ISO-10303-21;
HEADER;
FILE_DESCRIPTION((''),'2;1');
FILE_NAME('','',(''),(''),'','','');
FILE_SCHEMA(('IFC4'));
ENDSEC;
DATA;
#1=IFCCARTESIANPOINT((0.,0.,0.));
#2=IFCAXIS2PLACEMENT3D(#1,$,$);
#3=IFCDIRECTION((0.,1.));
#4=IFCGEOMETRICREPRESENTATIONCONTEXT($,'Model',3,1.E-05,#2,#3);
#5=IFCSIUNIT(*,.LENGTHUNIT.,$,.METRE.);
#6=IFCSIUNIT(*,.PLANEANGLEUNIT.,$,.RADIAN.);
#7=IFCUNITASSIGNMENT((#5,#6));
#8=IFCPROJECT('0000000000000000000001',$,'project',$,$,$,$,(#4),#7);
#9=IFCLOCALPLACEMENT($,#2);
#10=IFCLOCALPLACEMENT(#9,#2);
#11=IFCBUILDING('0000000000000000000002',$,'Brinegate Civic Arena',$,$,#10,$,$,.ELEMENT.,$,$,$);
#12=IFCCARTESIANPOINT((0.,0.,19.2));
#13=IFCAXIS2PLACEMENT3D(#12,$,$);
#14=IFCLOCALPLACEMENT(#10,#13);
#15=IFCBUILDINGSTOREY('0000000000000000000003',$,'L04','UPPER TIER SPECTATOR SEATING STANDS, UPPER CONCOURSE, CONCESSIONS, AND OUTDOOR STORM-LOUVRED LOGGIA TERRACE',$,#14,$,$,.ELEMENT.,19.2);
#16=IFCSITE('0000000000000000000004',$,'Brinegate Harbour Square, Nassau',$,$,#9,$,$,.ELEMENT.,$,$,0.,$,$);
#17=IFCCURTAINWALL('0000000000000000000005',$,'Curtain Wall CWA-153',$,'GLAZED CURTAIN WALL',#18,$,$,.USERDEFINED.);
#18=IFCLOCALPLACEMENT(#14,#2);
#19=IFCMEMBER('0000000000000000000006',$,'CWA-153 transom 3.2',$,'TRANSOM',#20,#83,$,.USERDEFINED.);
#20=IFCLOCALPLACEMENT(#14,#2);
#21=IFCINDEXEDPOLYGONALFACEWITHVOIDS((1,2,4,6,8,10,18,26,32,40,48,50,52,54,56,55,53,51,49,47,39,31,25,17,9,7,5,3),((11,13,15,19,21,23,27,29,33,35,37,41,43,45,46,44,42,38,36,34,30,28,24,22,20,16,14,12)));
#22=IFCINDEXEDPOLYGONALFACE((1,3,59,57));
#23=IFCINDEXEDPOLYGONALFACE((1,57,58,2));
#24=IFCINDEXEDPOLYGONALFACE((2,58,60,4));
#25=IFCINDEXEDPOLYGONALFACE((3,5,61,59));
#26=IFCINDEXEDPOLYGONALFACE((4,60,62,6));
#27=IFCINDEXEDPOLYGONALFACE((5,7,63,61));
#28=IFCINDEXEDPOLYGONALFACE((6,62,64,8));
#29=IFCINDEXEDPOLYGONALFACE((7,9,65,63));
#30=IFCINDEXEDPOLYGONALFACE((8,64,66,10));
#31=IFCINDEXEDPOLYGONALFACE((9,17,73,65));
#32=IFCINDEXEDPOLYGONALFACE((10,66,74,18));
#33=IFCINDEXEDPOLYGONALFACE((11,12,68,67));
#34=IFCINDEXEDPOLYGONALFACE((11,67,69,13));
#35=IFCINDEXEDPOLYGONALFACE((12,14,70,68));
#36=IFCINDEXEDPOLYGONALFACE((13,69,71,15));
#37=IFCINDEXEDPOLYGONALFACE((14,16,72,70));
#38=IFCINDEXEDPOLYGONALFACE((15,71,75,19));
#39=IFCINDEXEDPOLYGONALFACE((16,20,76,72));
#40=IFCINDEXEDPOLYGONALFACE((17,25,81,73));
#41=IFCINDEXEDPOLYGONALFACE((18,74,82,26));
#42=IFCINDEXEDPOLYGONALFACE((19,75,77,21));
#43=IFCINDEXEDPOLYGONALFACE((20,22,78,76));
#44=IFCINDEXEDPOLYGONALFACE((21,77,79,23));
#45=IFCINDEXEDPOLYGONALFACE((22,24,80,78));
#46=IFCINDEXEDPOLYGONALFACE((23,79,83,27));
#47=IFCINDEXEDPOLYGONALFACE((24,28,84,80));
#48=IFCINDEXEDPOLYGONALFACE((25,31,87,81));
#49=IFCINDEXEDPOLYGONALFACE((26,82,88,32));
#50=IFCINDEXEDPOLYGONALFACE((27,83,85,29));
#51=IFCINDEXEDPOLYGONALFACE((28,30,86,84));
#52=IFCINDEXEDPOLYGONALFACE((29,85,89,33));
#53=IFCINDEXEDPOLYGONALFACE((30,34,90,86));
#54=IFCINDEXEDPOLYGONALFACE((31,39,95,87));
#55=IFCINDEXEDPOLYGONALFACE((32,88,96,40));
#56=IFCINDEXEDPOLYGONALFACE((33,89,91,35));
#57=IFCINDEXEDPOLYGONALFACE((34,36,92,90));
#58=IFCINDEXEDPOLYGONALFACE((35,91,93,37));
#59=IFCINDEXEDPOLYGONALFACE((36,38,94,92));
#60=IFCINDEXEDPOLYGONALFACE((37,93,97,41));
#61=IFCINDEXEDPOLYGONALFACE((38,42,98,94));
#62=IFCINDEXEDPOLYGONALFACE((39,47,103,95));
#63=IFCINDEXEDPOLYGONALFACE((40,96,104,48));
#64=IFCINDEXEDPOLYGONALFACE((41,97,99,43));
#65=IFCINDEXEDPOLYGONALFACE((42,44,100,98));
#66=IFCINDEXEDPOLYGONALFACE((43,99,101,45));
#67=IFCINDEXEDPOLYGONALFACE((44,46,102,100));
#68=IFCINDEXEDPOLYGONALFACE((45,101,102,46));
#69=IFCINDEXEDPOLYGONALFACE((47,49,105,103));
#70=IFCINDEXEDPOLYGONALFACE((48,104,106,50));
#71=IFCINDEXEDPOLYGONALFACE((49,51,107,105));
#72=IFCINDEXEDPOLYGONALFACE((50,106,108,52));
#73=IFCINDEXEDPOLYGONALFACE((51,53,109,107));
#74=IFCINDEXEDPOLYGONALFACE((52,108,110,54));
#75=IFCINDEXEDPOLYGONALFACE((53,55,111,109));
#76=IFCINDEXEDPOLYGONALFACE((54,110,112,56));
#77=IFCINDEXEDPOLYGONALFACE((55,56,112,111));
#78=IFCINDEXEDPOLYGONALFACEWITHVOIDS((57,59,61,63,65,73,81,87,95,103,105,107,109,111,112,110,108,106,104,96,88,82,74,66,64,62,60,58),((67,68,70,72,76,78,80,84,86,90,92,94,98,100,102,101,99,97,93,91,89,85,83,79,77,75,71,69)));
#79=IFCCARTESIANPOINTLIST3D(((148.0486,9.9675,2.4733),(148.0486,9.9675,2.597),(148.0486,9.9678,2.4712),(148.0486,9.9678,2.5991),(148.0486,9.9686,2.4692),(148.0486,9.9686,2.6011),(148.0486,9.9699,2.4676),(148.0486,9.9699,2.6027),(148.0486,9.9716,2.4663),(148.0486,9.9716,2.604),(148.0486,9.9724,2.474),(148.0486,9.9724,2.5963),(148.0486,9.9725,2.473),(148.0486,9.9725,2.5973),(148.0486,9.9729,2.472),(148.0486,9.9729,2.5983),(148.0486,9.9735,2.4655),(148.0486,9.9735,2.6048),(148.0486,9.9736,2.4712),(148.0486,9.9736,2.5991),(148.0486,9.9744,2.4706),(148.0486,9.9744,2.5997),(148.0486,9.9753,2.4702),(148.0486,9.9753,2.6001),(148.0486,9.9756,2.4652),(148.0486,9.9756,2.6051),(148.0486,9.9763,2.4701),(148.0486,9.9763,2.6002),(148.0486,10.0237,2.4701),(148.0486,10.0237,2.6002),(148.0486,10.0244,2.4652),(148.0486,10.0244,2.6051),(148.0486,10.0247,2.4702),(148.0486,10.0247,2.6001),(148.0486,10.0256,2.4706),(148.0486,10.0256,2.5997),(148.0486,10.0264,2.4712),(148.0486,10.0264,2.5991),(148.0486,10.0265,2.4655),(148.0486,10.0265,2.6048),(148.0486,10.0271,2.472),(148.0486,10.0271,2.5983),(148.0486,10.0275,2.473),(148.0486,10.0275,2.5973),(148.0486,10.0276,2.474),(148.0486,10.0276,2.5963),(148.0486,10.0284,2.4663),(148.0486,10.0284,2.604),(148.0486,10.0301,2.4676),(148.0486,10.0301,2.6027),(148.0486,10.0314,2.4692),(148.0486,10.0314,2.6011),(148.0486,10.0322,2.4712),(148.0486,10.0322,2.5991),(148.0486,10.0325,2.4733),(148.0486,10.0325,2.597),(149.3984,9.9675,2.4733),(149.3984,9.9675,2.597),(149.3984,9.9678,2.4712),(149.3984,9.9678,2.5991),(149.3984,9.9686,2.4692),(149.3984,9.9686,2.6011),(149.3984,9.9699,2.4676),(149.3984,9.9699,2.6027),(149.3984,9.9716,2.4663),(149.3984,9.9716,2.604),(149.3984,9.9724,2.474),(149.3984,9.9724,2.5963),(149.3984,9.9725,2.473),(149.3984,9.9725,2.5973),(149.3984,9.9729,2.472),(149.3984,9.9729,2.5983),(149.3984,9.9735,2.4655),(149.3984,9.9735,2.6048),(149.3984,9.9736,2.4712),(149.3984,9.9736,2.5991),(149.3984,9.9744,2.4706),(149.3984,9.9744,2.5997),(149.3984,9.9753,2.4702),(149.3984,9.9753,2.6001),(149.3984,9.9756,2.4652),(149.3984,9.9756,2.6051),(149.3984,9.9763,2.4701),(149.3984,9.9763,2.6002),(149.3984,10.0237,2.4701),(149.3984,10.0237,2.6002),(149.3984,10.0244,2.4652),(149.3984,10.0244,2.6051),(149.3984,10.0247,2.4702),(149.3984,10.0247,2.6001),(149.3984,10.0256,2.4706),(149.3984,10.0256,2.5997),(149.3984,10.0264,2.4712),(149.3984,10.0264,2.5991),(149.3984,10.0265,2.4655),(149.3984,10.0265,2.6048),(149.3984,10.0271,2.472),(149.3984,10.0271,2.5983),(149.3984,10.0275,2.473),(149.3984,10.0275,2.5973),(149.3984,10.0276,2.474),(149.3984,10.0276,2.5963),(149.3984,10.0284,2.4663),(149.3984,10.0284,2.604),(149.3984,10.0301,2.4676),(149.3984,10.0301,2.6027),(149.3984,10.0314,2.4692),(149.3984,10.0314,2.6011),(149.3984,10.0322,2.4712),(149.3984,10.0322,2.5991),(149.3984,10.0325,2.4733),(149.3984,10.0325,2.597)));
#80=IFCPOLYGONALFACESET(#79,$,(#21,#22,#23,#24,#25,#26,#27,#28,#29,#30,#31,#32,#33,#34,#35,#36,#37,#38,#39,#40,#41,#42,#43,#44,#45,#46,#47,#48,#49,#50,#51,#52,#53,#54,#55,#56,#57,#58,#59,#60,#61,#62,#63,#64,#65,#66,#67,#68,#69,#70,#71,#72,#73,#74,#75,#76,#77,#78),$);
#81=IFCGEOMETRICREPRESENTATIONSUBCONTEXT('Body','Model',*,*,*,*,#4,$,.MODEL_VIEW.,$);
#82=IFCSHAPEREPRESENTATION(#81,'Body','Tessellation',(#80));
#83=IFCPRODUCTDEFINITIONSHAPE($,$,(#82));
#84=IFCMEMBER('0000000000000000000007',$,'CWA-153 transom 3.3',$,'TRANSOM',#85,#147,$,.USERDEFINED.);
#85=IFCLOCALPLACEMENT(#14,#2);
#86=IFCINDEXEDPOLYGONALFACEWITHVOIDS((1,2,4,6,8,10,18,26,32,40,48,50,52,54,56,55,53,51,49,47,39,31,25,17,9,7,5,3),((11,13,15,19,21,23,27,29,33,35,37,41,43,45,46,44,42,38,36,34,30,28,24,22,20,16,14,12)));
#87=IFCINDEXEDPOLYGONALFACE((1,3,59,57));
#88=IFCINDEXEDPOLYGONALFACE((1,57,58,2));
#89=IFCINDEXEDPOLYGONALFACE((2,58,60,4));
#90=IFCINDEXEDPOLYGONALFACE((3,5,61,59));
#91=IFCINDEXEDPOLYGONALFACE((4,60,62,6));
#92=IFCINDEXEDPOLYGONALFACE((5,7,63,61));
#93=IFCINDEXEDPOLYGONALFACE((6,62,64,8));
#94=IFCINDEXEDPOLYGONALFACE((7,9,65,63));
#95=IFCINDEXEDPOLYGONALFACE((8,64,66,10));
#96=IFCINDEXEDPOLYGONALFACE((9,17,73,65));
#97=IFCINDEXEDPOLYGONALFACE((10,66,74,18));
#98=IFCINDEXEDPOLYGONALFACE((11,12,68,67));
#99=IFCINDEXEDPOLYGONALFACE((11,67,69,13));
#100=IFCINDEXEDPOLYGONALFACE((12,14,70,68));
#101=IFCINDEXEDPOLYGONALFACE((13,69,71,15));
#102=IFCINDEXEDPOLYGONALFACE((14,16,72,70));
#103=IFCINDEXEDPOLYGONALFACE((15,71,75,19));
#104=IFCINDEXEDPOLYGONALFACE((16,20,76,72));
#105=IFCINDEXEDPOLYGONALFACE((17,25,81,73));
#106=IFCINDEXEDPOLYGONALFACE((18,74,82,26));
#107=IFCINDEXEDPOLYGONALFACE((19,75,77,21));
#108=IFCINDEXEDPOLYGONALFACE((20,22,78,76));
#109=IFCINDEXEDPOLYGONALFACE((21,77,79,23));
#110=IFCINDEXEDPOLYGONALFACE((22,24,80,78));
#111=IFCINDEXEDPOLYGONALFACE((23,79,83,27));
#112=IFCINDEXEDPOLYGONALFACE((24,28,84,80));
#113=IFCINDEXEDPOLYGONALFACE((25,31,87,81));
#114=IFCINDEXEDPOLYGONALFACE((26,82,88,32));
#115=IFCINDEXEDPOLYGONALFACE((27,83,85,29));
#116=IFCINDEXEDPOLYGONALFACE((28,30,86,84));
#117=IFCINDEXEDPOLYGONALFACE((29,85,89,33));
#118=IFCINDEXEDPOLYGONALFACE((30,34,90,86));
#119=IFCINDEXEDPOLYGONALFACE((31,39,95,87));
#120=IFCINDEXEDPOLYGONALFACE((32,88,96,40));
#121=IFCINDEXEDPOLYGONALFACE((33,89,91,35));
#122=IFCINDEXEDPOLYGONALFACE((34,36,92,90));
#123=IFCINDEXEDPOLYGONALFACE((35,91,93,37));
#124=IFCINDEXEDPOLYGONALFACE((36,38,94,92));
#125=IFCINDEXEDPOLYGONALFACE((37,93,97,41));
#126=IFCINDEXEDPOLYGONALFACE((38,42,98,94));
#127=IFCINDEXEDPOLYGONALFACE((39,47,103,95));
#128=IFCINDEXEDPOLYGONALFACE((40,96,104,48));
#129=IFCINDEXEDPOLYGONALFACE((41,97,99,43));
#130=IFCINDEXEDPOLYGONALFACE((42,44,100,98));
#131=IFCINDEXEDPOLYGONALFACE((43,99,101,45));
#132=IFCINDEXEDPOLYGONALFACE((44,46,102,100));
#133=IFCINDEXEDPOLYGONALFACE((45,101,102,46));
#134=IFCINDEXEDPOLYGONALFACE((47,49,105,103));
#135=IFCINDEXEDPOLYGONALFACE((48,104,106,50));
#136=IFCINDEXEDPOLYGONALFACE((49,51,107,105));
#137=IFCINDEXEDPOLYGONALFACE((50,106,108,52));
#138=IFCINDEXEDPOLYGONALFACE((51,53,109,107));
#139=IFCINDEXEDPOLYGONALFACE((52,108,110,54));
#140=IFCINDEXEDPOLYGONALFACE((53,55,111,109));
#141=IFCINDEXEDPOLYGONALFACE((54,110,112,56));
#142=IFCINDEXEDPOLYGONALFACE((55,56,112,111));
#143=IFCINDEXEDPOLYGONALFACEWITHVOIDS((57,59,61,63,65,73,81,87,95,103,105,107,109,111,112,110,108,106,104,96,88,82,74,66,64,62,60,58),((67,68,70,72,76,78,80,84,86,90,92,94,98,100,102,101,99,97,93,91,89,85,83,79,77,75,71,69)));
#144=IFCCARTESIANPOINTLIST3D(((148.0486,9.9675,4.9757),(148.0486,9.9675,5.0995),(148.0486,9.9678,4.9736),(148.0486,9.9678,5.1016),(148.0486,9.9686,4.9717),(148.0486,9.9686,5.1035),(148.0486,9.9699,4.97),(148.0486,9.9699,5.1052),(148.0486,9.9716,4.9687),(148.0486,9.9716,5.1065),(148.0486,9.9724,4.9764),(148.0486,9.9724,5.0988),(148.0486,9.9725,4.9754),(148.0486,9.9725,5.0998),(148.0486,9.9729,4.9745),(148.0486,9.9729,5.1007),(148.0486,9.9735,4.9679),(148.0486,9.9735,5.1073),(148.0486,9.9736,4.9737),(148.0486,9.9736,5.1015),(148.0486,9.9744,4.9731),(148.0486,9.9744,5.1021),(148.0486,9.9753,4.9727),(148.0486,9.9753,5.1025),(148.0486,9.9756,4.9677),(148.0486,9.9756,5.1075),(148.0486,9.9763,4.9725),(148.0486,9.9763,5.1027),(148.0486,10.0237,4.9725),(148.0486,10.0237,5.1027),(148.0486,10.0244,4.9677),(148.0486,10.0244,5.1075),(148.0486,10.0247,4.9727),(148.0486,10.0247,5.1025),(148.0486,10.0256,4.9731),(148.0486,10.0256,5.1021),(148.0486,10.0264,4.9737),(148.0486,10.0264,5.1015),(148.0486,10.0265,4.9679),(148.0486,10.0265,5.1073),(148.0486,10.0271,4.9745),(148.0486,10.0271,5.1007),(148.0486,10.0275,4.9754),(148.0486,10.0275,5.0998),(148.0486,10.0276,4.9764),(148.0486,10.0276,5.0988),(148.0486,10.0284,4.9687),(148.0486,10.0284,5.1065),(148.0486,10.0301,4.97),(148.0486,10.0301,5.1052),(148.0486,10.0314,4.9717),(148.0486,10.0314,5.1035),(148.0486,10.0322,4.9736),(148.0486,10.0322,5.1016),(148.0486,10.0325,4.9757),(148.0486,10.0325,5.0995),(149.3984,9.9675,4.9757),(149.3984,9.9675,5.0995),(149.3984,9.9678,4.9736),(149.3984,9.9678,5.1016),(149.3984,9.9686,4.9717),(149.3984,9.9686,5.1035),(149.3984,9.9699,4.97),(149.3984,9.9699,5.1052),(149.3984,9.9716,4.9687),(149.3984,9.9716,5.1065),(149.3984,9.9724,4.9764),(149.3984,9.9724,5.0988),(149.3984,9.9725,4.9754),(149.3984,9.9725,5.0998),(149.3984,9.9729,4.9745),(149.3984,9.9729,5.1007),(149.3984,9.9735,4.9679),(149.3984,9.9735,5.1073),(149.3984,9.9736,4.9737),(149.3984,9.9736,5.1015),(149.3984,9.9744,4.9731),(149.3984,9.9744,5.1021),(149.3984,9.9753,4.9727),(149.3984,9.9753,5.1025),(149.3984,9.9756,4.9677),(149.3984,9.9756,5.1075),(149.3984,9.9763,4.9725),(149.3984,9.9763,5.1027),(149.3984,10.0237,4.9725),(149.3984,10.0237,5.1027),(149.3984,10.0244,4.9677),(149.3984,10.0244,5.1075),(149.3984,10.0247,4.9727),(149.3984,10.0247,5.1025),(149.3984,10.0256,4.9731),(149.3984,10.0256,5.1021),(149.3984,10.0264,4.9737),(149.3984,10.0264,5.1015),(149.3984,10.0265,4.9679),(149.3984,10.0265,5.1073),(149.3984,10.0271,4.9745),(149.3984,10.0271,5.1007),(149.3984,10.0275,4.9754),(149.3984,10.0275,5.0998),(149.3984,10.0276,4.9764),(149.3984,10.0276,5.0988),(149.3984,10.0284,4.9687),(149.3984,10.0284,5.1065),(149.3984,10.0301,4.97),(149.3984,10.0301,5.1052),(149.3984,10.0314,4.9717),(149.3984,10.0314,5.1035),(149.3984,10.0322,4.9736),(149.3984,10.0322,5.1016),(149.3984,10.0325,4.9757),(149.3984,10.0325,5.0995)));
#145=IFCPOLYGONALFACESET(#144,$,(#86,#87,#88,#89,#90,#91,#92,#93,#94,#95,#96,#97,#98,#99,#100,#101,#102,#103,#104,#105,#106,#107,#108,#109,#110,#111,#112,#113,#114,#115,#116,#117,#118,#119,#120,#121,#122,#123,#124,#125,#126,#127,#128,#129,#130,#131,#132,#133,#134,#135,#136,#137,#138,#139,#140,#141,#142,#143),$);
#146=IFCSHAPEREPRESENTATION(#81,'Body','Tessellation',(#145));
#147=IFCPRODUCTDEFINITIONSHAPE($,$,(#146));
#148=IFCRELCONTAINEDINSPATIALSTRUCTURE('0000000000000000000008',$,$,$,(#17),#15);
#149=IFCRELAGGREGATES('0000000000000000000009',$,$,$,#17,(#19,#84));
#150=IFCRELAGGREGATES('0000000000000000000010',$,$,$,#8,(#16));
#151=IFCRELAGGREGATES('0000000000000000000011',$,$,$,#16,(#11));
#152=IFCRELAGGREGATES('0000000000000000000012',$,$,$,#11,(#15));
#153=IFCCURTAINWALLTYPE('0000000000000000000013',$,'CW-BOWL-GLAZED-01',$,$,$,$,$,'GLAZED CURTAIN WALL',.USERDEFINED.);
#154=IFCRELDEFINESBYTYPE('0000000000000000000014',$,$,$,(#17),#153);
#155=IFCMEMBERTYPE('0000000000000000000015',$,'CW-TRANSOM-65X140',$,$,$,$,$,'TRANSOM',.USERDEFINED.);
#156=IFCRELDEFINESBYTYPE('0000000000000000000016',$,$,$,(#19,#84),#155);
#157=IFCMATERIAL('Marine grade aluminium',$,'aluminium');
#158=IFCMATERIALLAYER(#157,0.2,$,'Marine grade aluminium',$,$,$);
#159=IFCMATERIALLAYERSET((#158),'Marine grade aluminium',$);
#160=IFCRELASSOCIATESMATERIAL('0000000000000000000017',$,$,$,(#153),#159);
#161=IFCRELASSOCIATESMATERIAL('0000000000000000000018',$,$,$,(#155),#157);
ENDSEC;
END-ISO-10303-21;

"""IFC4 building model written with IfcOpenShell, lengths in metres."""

from ifc_helpers import new_model, si_unit, direction, frame, origin, origin_2d, place, context, subcontext, project, spatial, hollow_rectangle, extrude, material, layer, layer_set, material_profile, profile_set, type_object, element, aggregate, save


model = new_model("IFC4")

# Units and contexts
model_context = context("Model", 3, precision=1e-05, world=origin(), true_north=direction((0.0, 1.0)))
body_context = subcontext(model_context, "Body", "Model", "MODEL_VIEW")
ifc_project = project(units=[si_unit("LENGTHUNIT", "METRE"), si_unit("PLANEANGLEUNIT", "RADIAN")], contexts=[model_context])

# Site, building, storey
site_placement = place(None, origin())
site = spatial("IfcSite", under=ifc_project, at=site_placement, Name="Brinegate Harbour Square, Nassau", CompositionType="ELEMENT", RefElevation=0.0)
building_placement = place(site_placement, origin())
building = spatial("IfcBuilding", under=site, at=building_placement, Name="Brinegate Civic Arena", CompositionType="ELEMENT")
storey_placement = place(building_placement, frame((0.0, 0.0, 19.2)))
storey = spatial("IfcBuildingStorey", under=building, at=storey_placement, Name="L04", Description="UPPER TIER SPECTATOR SEATING STANDS, UPPER CONCOURSE, CONCESSIONS, AND OUTDOOR STORM-LOUVRED LOGGIA TERRACE", CompositionType="ELEMENT", Elevation=19.2)

# Curtain wall, members
ifc_material_1 = material(Name="Marine grade aluminium", Category="aluminium")
ifc_layer_1 = layer(ifc_material_1, 0.2, Name="Marine grade aluminium")
ifc_layer_set_1 = layer_set([ifc_layer_1], Name="Marine grade aluminium")
curtain_wall_type = type_object("IfcCurtainWallType", Name="CW-BOWL-GLAZED-01", ElementType="GLAZED CURTAIN WALL", PredefinedType="USERDEFINED", material=ifc_layer_set_1)
curtain_wall_placement = place(storey_placement, origin())
curtain_wall = element("IfcCurtainWall", 1, at=curtain_wall_placement, inside=storey, type_object=curtain_wall_type, Name="Curtain Wall CWA-153", ObjectType="GLAZED CURTAIN WALL", PredefinedType="USERDEFINED")
ifc_material_profile_1 = material_profile(ifc_material_1, hollow_rectangle(XDim=0.0649, YDim=0.1399, WallThickness=0.0049, InnerFilletRadius=0.0039, OuterFilletRadius=0.0081, at=origin_2d()), Name="TRN65X140")
ifc_profile_set_1 = profile_set([ifc_material_profile_1], Name="Marine grade aluminium")
member_type_1 = type_object("IfcMemberType", Name="CW-TRANSOM-65X140", ElementType="TRANSOM", PredefinedType="USERDEFINED", material=ifc_profile_set_1)
member_1_placement = place(storey_placement, frame((148.0486, 10.0, 2.5352), z_axis=(1.0, 0.0, 0.0), x_axis=(0.0, 1.0, 0.0)))
member_1 = element("IfcMember", 2, at=member_1_placement, type_object=member_type_1, Name="CWA-153 transom 3.2", ObjectType="TRANSOM", PredefinedType="USERDEFINED", context=body_context, shape_type="SweptSolid", body=[
    extrude(hollow_rectangle(XDim=0.0649, YDim=0.1399, WallThickness=0.0049, InnerFilletRadius=0.0039, OuterFilletRadius=0.0081, at=origin_2d()), origin(), (0.0, 0.0, 1.0), 1.3499),
])
member_2_placement = place(storey_placement, frame((148.0486, 10.0, 5.0376), z_axis=(1.0, 0.0, 0.0), x_axis=(0.0, 1.0, 0.0)))
member_2 = element("IfcMember", 3, at=member_2_placement, type_object=member_type_1, Name="CWA-153 transom 3.3", ObjectType="TRANSOM", PredefinedType="USERDEFINED", context=body_context, shape_type="SweptSolid", body=[
    extrude(hollow_rectangle(XDim=0.0649, YDim=0.1399, WallThickness=0.0049, InnerFilletRadius=0.0039, OuterFilletRadius=0.0081, at=origin_2d()), origin(), (0.0, 0.0, 1.0), 1.3499),
])
aggregate(curtain_wall, [member_1, member_2])

save(model, "model.ifc")
